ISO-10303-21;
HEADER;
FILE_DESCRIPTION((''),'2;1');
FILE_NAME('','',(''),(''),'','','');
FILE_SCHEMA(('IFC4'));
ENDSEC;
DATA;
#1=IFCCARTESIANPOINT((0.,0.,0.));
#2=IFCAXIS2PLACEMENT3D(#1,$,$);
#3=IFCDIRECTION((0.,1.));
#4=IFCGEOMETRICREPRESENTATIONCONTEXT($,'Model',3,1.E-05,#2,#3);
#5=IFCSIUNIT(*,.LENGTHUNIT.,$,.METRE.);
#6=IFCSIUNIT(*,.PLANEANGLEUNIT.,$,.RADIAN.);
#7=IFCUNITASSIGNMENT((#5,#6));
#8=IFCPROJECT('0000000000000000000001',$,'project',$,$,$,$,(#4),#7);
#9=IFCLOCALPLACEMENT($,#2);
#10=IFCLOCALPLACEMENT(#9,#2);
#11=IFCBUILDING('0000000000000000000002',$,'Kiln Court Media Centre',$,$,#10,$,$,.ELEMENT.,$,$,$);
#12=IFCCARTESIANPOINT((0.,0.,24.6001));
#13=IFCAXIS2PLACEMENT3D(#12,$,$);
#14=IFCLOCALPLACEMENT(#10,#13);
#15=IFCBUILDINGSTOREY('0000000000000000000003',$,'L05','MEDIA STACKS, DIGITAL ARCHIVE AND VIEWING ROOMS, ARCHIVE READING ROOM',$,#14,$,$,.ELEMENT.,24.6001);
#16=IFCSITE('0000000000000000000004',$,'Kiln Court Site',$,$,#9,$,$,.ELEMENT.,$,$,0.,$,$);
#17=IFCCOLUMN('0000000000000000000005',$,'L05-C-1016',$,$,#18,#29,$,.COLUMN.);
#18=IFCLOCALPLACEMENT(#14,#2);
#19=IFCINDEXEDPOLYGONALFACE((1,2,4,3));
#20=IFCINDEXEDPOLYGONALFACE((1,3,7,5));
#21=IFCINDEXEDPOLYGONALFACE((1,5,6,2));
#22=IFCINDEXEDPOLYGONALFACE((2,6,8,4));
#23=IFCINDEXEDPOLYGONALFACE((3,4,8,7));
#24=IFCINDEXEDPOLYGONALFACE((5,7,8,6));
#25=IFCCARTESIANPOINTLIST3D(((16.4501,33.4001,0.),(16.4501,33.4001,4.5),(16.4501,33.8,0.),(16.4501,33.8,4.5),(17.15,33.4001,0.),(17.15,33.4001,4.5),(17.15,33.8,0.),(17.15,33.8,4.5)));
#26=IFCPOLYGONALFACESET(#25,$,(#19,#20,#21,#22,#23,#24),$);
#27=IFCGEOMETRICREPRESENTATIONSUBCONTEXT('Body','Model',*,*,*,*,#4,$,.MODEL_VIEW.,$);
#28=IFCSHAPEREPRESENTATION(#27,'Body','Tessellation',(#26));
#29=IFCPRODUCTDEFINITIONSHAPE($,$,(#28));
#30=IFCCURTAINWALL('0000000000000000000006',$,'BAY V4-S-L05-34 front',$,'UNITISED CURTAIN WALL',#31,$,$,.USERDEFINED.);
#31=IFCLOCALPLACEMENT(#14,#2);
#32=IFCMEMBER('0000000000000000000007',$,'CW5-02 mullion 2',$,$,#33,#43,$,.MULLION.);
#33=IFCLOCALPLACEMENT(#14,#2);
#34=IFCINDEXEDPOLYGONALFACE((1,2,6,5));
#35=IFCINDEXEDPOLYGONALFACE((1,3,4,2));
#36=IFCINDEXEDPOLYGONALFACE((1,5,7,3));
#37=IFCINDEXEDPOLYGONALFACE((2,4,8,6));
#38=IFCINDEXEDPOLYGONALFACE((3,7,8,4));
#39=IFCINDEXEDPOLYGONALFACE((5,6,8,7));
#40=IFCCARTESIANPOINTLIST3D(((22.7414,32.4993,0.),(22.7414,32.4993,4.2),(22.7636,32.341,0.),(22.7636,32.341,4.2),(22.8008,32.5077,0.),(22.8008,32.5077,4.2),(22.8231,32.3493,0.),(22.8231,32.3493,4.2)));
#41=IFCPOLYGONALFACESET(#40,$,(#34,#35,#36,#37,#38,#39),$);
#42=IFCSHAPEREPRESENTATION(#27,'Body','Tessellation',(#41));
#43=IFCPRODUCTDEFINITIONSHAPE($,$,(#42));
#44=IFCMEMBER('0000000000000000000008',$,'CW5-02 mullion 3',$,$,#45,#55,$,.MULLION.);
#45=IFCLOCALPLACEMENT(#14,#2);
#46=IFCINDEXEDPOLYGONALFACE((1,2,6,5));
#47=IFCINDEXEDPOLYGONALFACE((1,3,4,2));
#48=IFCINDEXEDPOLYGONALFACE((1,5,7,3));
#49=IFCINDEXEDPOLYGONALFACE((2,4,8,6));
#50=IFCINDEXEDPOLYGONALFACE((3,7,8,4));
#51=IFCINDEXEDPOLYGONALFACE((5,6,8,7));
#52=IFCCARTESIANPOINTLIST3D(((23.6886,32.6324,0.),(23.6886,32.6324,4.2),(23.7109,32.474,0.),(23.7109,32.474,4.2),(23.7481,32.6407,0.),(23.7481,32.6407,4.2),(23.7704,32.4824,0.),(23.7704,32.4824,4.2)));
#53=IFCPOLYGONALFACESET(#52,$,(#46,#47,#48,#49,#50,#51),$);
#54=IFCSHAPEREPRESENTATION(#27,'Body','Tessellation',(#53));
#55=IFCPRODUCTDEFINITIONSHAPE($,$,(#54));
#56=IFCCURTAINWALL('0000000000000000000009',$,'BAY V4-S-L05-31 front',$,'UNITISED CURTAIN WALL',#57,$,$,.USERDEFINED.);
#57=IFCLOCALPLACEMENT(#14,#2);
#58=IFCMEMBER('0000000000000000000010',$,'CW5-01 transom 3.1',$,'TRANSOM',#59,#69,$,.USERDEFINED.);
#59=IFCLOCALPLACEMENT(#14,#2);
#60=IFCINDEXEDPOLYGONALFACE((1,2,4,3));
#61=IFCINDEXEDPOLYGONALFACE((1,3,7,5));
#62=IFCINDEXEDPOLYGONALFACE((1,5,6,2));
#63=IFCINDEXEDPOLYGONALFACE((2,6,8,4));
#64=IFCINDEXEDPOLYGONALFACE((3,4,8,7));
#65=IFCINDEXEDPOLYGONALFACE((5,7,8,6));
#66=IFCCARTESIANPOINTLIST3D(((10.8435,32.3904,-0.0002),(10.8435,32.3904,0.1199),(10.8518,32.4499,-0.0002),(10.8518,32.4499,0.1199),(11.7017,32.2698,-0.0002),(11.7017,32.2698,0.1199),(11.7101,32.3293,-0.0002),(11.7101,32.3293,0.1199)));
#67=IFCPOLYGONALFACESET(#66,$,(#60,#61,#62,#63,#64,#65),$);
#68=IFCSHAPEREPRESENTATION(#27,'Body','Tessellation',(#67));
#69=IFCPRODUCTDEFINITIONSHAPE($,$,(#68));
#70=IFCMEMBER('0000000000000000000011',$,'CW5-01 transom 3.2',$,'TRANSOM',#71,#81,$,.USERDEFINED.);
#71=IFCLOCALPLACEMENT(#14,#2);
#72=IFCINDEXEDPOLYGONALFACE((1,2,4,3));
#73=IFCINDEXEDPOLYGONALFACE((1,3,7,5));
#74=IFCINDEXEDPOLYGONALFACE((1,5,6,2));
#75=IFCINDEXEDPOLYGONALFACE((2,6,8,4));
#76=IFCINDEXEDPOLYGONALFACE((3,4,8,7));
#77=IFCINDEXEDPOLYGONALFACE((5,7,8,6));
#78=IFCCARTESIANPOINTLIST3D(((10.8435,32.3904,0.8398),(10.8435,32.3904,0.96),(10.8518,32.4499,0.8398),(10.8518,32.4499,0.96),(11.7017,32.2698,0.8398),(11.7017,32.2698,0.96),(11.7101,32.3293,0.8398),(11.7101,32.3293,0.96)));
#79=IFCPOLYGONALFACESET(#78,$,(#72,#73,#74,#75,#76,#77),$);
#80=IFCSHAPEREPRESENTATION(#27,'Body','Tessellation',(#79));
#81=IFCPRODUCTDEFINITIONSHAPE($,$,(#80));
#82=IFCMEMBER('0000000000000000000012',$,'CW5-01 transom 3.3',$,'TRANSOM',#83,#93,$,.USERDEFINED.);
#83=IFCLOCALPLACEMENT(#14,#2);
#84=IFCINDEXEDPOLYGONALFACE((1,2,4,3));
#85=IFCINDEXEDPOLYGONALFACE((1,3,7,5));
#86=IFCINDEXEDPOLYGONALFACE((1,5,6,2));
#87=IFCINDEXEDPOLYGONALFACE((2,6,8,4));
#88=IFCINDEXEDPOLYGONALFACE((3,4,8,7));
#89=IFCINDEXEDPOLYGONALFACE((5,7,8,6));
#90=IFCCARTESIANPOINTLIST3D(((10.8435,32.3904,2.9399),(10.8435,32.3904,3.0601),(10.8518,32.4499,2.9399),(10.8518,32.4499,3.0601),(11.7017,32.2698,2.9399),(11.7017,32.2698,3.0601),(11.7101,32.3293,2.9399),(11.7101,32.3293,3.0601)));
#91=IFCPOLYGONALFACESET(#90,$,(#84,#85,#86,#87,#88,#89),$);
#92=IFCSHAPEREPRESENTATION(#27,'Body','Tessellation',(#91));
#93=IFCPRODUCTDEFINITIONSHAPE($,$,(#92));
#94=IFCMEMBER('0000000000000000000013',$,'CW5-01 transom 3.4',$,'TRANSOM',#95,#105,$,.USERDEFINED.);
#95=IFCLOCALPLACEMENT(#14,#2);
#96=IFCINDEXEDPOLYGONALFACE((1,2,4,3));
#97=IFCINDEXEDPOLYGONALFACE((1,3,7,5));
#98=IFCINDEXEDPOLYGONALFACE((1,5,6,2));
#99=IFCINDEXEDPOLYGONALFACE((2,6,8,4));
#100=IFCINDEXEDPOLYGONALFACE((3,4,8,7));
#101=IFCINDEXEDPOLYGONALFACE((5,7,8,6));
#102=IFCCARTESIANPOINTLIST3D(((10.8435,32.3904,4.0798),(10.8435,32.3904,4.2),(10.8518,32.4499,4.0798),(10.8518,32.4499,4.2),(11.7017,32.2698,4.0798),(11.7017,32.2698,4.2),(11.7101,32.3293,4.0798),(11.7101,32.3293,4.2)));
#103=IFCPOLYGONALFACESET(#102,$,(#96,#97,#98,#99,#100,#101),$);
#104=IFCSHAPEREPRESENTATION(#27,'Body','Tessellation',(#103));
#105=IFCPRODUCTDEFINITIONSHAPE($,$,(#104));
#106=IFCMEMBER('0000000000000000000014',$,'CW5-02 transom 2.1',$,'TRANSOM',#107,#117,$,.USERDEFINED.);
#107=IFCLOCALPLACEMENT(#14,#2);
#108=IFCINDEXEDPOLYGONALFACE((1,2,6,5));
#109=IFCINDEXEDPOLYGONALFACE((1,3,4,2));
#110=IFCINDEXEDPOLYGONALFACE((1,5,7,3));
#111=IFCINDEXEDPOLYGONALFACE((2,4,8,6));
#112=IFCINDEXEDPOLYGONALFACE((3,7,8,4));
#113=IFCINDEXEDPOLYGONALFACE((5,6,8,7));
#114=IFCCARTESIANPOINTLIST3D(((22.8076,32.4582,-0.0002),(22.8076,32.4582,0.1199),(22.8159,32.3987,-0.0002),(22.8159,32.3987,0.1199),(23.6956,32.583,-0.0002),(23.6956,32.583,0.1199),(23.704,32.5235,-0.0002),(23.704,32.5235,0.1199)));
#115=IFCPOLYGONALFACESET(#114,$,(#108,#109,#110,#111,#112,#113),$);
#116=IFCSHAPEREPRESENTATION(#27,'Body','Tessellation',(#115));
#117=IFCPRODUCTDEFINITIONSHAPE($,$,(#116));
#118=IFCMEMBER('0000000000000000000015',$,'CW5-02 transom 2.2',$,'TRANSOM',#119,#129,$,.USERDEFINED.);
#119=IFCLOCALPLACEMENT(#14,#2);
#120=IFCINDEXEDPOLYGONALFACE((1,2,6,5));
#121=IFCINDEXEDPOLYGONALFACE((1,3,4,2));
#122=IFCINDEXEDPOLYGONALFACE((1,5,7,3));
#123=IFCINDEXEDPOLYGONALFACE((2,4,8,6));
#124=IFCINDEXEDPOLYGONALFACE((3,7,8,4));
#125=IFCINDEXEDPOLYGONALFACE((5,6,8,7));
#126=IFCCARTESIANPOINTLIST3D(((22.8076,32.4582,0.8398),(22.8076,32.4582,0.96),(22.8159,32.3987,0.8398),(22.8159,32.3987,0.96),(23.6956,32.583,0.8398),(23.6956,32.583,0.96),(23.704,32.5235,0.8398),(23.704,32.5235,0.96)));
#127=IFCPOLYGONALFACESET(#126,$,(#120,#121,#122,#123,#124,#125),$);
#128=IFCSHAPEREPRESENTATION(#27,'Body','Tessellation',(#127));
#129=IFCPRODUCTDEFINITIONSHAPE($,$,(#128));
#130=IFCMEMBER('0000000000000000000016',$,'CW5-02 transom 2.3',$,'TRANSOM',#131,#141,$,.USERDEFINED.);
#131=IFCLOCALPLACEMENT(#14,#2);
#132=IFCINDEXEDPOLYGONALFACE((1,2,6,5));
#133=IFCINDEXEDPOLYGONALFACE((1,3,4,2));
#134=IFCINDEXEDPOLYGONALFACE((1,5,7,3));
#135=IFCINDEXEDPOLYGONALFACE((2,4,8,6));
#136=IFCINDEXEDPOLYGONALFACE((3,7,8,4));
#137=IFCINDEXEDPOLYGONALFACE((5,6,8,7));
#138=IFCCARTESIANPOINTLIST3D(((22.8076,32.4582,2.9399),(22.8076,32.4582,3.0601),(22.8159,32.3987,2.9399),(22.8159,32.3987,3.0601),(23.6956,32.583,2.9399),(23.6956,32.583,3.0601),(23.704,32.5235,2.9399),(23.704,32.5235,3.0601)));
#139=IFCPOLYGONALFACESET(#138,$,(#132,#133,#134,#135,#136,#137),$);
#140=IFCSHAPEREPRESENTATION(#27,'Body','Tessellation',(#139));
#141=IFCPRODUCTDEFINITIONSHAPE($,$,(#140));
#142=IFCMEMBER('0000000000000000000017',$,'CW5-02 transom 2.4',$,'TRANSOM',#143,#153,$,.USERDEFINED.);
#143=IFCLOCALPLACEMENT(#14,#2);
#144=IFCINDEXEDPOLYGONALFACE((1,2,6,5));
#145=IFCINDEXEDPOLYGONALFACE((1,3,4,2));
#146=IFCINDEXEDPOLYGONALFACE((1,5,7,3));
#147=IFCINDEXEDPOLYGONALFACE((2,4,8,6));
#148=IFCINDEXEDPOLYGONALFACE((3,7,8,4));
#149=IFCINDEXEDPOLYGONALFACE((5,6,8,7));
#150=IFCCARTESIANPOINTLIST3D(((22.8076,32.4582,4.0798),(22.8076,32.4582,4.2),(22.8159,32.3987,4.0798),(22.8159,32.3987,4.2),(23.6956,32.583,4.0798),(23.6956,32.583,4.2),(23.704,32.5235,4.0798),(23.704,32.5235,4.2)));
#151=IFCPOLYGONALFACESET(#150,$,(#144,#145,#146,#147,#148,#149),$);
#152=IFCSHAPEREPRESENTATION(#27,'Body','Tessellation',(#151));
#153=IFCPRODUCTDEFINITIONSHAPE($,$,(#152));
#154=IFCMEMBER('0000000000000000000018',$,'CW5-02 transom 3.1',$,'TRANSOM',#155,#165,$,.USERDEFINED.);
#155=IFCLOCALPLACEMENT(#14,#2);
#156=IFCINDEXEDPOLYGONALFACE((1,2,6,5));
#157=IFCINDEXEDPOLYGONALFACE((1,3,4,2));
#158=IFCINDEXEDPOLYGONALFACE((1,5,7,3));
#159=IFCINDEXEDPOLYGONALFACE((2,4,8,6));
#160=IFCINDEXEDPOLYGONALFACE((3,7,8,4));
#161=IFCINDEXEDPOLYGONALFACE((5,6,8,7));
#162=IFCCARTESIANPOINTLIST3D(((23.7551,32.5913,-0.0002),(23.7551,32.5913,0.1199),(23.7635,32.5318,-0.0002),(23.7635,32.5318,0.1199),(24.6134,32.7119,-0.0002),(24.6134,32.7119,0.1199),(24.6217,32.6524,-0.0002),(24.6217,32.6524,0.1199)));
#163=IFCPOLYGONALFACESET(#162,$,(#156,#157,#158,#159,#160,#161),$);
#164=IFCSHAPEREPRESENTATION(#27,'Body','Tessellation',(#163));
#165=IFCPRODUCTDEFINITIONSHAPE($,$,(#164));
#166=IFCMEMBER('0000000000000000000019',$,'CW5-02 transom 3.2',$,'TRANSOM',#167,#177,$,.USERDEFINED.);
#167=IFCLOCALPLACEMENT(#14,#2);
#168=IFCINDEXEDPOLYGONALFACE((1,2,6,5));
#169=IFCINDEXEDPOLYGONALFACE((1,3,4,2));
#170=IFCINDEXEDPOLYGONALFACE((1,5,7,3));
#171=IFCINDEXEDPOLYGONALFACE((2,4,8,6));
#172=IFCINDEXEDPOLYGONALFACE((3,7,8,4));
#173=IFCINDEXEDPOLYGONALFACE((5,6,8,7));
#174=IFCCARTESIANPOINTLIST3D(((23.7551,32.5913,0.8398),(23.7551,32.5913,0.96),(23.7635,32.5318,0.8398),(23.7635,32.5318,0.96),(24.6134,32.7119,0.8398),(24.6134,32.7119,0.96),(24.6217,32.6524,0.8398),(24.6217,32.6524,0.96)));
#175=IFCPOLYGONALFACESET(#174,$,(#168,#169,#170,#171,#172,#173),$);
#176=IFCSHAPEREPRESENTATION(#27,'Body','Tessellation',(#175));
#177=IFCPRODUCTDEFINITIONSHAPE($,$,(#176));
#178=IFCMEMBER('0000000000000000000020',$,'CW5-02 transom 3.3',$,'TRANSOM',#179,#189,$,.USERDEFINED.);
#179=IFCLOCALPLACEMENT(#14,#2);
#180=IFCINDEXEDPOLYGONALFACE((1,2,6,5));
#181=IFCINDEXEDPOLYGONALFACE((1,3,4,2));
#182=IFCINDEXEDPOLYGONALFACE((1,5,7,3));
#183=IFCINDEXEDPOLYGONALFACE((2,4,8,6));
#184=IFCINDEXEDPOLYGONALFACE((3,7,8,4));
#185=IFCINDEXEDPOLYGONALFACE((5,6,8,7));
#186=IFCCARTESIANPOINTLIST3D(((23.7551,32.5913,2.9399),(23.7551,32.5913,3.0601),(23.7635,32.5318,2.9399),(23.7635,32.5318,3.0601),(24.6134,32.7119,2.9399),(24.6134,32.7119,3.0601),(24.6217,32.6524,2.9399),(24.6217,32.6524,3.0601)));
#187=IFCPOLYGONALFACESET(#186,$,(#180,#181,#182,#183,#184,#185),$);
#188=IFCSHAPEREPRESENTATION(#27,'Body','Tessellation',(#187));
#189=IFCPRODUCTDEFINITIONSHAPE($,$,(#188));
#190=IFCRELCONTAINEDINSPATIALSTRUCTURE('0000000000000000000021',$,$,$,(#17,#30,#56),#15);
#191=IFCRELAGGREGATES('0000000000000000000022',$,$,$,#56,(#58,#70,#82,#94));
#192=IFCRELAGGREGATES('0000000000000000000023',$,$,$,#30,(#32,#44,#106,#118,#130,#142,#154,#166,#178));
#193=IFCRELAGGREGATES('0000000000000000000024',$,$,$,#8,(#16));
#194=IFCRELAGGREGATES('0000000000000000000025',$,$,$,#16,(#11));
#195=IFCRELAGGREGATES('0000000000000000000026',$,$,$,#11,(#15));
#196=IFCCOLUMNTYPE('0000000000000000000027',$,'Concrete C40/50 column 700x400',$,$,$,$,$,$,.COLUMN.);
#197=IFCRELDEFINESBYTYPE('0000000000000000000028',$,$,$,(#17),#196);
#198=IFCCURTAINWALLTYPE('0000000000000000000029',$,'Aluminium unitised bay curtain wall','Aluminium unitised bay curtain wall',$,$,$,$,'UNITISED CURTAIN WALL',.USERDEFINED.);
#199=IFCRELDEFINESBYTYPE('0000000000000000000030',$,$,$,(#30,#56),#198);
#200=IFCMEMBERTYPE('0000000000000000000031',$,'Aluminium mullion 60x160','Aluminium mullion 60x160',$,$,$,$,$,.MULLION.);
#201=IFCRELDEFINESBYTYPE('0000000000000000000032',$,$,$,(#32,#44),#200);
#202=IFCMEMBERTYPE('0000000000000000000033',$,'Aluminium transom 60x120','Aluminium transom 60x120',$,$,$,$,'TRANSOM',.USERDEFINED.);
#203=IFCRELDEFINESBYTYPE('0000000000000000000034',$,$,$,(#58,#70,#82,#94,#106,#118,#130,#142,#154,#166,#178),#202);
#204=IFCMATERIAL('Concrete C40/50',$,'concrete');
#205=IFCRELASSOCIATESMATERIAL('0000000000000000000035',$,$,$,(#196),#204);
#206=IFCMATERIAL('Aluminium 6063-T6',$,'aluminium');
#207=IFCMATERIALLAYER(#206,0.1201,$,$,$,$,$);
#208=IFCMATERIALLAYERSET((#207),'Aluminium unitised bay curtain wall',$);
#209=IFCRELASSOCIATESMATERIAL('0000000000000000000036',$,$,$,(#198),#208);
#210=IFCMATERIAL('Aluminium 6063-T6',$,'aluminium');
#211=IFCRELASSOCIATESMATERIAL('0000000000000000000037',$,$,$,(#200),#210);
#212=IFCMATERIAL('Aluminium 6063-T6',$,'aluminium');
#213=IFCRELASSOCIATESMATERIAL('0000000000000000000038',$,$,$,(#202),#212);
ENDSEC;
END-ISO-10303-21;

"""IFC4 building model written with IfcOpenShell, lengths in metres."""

from ifc_helpers import new_model, si_unit, direction, frame, origin, origin_2d, place, context, subcontext, project, spatial, rectangle, extrude, material, layer, layer_set, material_profile, profile_set, type_object, element, aggregate, save


model = new_model("IFC4")

# Units and contexts
model_context = context("Model", 3, precision=1e-05, world=origin(), true_north=direction((0.0, 1.0)))
body_context = subcontext(model_context, "Body", "Model", "MODEL_VIEW")
ifc_project = project(units=[si_unit("LENGTHUNIT", "METRE"), si_unit("PLANEANGLEUNIT", "RADIAN")], contexts=[model_context])

# Site, building, storey
site_placement = place(None, origin())
site = spatial("IfcSite", under=ifc_project, at=site_placement, Name="Kiln Court Site", CompositionType="ELEMENT", RefElevation=0.0)
building_placement = place(site_placement, origin())
building = spatial("IfcBuilding", under=site, at=building_placement, Name="Kiln Court Media Centre", CompositionType="ELEMENT")
storey_placement = place(building_placement, frame((0.0, 0.0, 24.6001)))
storey = spatial("IfcBuildingStorey", under=building, at=storey_placement, Name="L05", Description="MEDIA STACKS, DIGITAL ARCHIVE AND VIEWING ROOMS, ARCHIVE READING ROOM", CompositionType="ELEMENT", Elevation=24.6001)

# Column
ifc_material_1 = material(Name="Concrete C40/50", Category="concrete")
ifc_material_profile_1 = material_profile(ifc_material_1, rectangle(XDim=0.7, YDim=0.3999, at=origin_2d()), Name="RC 700x400")
ifc_profile_set_1 = profile_set([ifc_material_profile_1], Name="Concrete C40/50")
column_type = type_object("IfcColumnType", Name="Concrete C40/50 column 700x400", PredefinedType="COLUMN", material=ifc_profile_set_1)
column_placement = place(storey_placement, frame((16.8, 33.6001, 0.0), z_axis=(0.0, 0.0, 1.0), x_axis=(1.0, 0.0, 0.0)))
element("IfcColumn", 1, at=column_placement, inside=storey, type_object=column_type, Name="L05-C-1016", PredefinedType="COLUMN", context=body_context, shape_type="SweptSolid", body=[
    extrude(rectangle(XDim=0.7, YDim=0.3999, at=origin_2d()), origin(), (0.0, 0.0, 1.0), 4.5),
])

# Curtain walls, members
ifc_material_2 = material(Name="Aluminium 6063-T6", Category="aluminium")
ifc_layer_1 = layer(ifc_material_2, 0.1201)
ifc_layer_set_1 = layer_set([ifc_layer_1], Name="Aluminium unitised bay curtain wall")
curtain_wall_type = type_object("IfcCurtainWallType", Name="Aluminium unitised bay curtain wall", Description="Aluminium unitised bay curtain wall", ElementType="UNITISED CURTAIN WALL", PredefinedType="USERDEFINED", material=ifc_layer_set_1)
curtain_wall_1_placement = place(storey_placement, origin())
curtain_wall_1 = element("IfcCurtainWall", 2, at=curtain_wall_1_placement, inside=storey, type_object=curtain_wall_type, Name="BAY V4-S-L05-34 front", ObjectType="UNITISED CURTAIN WALL", PredefinedType="USERDEFINED")
ifc_material_3 = material(Name="Aluminium 6063-T6", Category="aluminium")
ifc_material_profile_2 = material_profile(ifc_material_3, rectangle(XDim=0.0601, YDim=0.1599, at=origin_2d()), Name="Aluminium mullion 60x160")
ifc_profile_set_2 = profile_set([ifc_material_profile_2], Name="Aluminium 6063-T6")
member_type_1 = type_object("IfcMemberType", Name="Aluminium mullion 60x160", Description="Aluminium mullion 60x160", PredefinedType="MULLION", material=ifc_profile_set_2)
member_1_placement = place(storey_placement, frame((22.7822, 32.4243, 0.0), z_axis=(0.0, 0.0, 1.0), x_axis=(0.99027, 0.139162, 0.0)))
member_1 = element("IfcMember", 3, at=member_1_placement, type_object=member_type_1, Name="CW5-02 mullion 2", PredefinedType="MULLION", context=body_context, shape_type="SweptSolid", body=[
    extrude(rectangle(XDim=0.0601, YDim=0.1599, at=origin_2d()), origin(), (0.0, 0.0, 1.0), 4.2),
])
member_2_placement = place(storey_placement, frame((23.7295, 32.5574, 0.0), z_axis=(0.0, 0.0, 1.0), x_axis=(0.99027, 0.139162, 0.0)))
member_2 = element("IfcMember", 4, at=member_2_placement, type_object=member_type_1, Name="CW5-02 mullion 3", PredefinedType="MULLION", context=body_context, shape_type="SweptSolid", body=[
    extrude(rectangle(XDim=0.0601, YDim=0.1599, at=origin_2d()), origin(), (0.0, 0.0, 1.0), 4.2),
])
curtain_wall_2_placement = place(storey_placement, origin())
curtain_wall_2 = element("IfcCurtainWall", 5, at=curtain_wall_2_placement, inside=storey, type_object=curtain_wall_type, Name="BAY V4-S-L05-31 front", ObjectType="UNITISED CURTAIN WALL", PredefinedType="USERDEFINED")
ifc_material_4 = material(Name="Aluminium 6063-T6", Category="aluminium")
ifc_material_profile_3 = material_profile(ifc_material_4, rectangle(XDim=0.0601, YDim=0.1201, at=origin_2d()), Name="Aluminium transom 60x120")
ifc_profile_set_3 = profile_set([ifc_material_profile_3], Name="Aluminium 6063-T6")
member_type_2 = type_object("IfcMemberType", Name="Aluminium transom 60x120", Description="Aluminium transom 60x120", ElementType="TRANSOM", PredefinedType="USERDEFINED", material=ifc_profile_set_3)
member_3_placement = place(storey_placement, frame((10.8477, 32.4202, 0.0598), z_axis=(0.990268, -0.139173, 0.0), x_axis=(0.139173, 0.990268, 0.0)))
member_3 = element("IfcMember", 6, at=member_3_placement, type_object=member_type_2, Name="CW5-01 transom 3.1", ObjectType="TRANSOM", PredefinedType="USERDEFINED", context=body_context, shape_type="SweptSolid", body=[
    extrude(rectangle(XDim=0.0601, YDim=0.1201, at=origin_2d()), origin(), (0.0, 0.0, 1.0), 0.8667),
])
member_4_placement = place(storey_placement, frame((10.8477, 32.4202, 0.8999), z_axis=(0.990268, -0.139173, 0.0), x_axis=(0.139173, 0.990268, 0.0)))
member_4 = element("IfcMember", 7, at=member_4_placement, type_object=member_type_2, Name="CW5-01 transom 3.2", ObjectType="TRANSOM", PredefinedType="USERDEFINED", context=body_context, shape_type="SweptSolid", body=[
    extrude(rectangle(XDim=0.0601, YDim=0.1201, at=origin_2d()), origin(), (0.0, 0.0, 1.0), 0.8667),
])
member_5_placement = place(storey_placement, frame((10.8477, 32.4202, 3.0), z_axis=(0.990268, -0.139173, 0.0), x_axis=(0.139173, 0.990268, 0.0)))
member_5 = element("IfcMember", 8, at=member_5_placement, type_object=member_type_2, Name="CW5-01 transom 3.3", ObjectType="TRANSOM", PredefinedType="USERDEFINED", context=body_context, shape_type="SweptSolid", body=[
    extrude(rectangle(XDim=0.0601, YDim=0.1201, at=origin_2d()), origin(), (0.0, 0.0, 1.0), 0.8667),
])
member_6_placement = place(storey_placement, frame((10.8477, 32.4202, 4.1399), z_axis=(0.990268, -0.139173, 0.0), x_axis=(0.139173, 0.990268, 0.0)))
member_6 = element("IfcMember", 9, at=member_6_placement, type_object=member_type_2, Name="CW5-01 transom 3.4", ObjectType="TRANSOM", PredefinedType="USERDEFINED", context=body_context, shape_type="SweptSolid", body=[
    extrude(rectangle(XDim=0.0601, YDim=0.1201, at=origin_2d()), origin(), (0.0, 0.0, 1.0), 0.8667),
])
aggregate(curtain_wall_2, [member_3, member_4, member_5, member_6])

# Members
member_7_placement = place(storey_placement, frame((22.8118, 32.4285, 0.0598), z_axis=(0.990274, 0.139134, 0.0), x_axis=(-0.139134, 0.990274, 0.0)))
member_7 = element("IfcMember", 10, at=member_7_placement, type_object=member_type_2, Name="CW5-02 transom 2.1", ObjectType="TRANSOM", PredefinedType="USERDEFINED", context=body_context, shape_type="SweptSolid", body=[
    extrude(rectangle(XDim=0.0601, YDim=0.1201, at=origin_2d()), origin(), (0.0, 0.0, 1.0), 0.8967),
])
member_8_placement = place(storey_placement, frame((22.8118, 32.4285, 0.8999), z_axis=(0.990274, 0.139134, 0.0), x_axis=(-0.139134, 0.990274, 0.0)))
member_8 = element("IfcMember", 11, at=member_8_placement, type_object=member_type_2, Name="CW5-02 transom 2.2", ObjectType="TRANSOM", PredefinedType="USERDEFINED", context=body_context, shape_type="SweptSolid", body=[
    extrude(rectangle(XDim=0.0601, YDim=0.1201, at=origin_2d()), origin(), (0.0, 0.0, 1.0), 0.8967),
])
member_9_placement = place(storey_placement, frame((22.8118, 32.4285, 3.0), z_axis=(0.990274, 0.139134, 0.0), x_axis=(-0.139134, 0.990274, 0.0)))
member_9 = element("IfcMember", 12, at=member_9_placement, type_object=member_type_2, Name="CW5-02 transom 2.3", ObjectType="TRANSOM", PredefinedType="USERDEFINED", context=body_context, shape_type="SweptSolid", body=[
    extrude(rectangle(XDim=0.0601, YDim=0.1201, at=origin_2d()), origin(), (0.0, 0.0, 1.0), 0.8967),
])
member_10_placement = place(storey_placement, frame((22.8118, 32.4285, 4.1399), z_axis=(0.990274, 0.139134, 0.0), x_axis=(-0.139134, 0.990274, 0.0)))
member_10 = element("IfcMember", 13, at=member_10_placement, type_object=member_type_2, Name="CW5-02 transom 2.4", ObjectType="TRANSOM", PredefinedType="USERDEFINED", context=body_context, shape_type="SweptSolid", body=[
    extrude(rectangle(XDim=0.0601, YDim=0.1201, at=origin_2d()), origin(), (0.0, 0.0, 1.0), 0.8967),
])
member_11_placement = place(storey_placement, frame((23.7593, 32.5615, 0.0598), z_axis=(0.990268, 0.139173, 0.0), x_axis=(-0.139173, 0.990268, 0.0)))
member_11 = element("IfcMember", 14, at=member_11_placement, type_object=member_type_2, Name="CW5-02 transom 3.1", ObjectType="TRANSOM", PredefinedType="USERDEFINED", context=body_context, shape_type="SweptSolid", body=[
    extrude(rectangle(XDim=0.0601, YDim=0.1201, at=origin_2d()), origin(), (0.0, 0.0, 1.0), 0.8667),
])
member_12_placement = place(storey_placement, frame((23.7593, 32.5615, 0.8999), z_axis=(0.990268, 0.139173, 0.0), x_axis=(-0.139173, 0.990268, 0.0)))
member_12 = element("IfcMember", 15, at=member_12_placement, type_object=member_type_2, Name="CW5-02 transom 3.2", ObjectType="TRANSOM", PredefinedType="USERDEFINED", context=body_context, shape_type="SweptSolid", body=[
    extrude(rectangle(XDim=0.0601, YDim=0.1201, at=origin_2d()), origin(), (0.0, 0.0, 1.0), 0.8667),
])
member_13_placement = place(storey_placement, frame((23.7593, 32.5615, 3.0), z_axis=(0.990268, 0.139173, 0.0), x_axis=(-0.139173, 0.990268, 0.0)))
member_13 = element("IfcMember", 16, at=member_13_placement, type_object=member_type_2, Name="CW5-02 transom 3.3", ObjectType="TRANSOM", PredefinedType="USERDEFINED", context=body_context, shape_type="SweptSolid", body=[
    extrude(rectangle(XDim=0.0601, YDim=0.1201, at=origin_2d()), origin(), (0.0, 0.0, 1.0), 0.8667),
])

aggregate(curtain_wall_1, [member_1, member_2, member_7, member_8, member_9, member_10, member_11, member_12, member_13])

save(model, "model.ifc")
